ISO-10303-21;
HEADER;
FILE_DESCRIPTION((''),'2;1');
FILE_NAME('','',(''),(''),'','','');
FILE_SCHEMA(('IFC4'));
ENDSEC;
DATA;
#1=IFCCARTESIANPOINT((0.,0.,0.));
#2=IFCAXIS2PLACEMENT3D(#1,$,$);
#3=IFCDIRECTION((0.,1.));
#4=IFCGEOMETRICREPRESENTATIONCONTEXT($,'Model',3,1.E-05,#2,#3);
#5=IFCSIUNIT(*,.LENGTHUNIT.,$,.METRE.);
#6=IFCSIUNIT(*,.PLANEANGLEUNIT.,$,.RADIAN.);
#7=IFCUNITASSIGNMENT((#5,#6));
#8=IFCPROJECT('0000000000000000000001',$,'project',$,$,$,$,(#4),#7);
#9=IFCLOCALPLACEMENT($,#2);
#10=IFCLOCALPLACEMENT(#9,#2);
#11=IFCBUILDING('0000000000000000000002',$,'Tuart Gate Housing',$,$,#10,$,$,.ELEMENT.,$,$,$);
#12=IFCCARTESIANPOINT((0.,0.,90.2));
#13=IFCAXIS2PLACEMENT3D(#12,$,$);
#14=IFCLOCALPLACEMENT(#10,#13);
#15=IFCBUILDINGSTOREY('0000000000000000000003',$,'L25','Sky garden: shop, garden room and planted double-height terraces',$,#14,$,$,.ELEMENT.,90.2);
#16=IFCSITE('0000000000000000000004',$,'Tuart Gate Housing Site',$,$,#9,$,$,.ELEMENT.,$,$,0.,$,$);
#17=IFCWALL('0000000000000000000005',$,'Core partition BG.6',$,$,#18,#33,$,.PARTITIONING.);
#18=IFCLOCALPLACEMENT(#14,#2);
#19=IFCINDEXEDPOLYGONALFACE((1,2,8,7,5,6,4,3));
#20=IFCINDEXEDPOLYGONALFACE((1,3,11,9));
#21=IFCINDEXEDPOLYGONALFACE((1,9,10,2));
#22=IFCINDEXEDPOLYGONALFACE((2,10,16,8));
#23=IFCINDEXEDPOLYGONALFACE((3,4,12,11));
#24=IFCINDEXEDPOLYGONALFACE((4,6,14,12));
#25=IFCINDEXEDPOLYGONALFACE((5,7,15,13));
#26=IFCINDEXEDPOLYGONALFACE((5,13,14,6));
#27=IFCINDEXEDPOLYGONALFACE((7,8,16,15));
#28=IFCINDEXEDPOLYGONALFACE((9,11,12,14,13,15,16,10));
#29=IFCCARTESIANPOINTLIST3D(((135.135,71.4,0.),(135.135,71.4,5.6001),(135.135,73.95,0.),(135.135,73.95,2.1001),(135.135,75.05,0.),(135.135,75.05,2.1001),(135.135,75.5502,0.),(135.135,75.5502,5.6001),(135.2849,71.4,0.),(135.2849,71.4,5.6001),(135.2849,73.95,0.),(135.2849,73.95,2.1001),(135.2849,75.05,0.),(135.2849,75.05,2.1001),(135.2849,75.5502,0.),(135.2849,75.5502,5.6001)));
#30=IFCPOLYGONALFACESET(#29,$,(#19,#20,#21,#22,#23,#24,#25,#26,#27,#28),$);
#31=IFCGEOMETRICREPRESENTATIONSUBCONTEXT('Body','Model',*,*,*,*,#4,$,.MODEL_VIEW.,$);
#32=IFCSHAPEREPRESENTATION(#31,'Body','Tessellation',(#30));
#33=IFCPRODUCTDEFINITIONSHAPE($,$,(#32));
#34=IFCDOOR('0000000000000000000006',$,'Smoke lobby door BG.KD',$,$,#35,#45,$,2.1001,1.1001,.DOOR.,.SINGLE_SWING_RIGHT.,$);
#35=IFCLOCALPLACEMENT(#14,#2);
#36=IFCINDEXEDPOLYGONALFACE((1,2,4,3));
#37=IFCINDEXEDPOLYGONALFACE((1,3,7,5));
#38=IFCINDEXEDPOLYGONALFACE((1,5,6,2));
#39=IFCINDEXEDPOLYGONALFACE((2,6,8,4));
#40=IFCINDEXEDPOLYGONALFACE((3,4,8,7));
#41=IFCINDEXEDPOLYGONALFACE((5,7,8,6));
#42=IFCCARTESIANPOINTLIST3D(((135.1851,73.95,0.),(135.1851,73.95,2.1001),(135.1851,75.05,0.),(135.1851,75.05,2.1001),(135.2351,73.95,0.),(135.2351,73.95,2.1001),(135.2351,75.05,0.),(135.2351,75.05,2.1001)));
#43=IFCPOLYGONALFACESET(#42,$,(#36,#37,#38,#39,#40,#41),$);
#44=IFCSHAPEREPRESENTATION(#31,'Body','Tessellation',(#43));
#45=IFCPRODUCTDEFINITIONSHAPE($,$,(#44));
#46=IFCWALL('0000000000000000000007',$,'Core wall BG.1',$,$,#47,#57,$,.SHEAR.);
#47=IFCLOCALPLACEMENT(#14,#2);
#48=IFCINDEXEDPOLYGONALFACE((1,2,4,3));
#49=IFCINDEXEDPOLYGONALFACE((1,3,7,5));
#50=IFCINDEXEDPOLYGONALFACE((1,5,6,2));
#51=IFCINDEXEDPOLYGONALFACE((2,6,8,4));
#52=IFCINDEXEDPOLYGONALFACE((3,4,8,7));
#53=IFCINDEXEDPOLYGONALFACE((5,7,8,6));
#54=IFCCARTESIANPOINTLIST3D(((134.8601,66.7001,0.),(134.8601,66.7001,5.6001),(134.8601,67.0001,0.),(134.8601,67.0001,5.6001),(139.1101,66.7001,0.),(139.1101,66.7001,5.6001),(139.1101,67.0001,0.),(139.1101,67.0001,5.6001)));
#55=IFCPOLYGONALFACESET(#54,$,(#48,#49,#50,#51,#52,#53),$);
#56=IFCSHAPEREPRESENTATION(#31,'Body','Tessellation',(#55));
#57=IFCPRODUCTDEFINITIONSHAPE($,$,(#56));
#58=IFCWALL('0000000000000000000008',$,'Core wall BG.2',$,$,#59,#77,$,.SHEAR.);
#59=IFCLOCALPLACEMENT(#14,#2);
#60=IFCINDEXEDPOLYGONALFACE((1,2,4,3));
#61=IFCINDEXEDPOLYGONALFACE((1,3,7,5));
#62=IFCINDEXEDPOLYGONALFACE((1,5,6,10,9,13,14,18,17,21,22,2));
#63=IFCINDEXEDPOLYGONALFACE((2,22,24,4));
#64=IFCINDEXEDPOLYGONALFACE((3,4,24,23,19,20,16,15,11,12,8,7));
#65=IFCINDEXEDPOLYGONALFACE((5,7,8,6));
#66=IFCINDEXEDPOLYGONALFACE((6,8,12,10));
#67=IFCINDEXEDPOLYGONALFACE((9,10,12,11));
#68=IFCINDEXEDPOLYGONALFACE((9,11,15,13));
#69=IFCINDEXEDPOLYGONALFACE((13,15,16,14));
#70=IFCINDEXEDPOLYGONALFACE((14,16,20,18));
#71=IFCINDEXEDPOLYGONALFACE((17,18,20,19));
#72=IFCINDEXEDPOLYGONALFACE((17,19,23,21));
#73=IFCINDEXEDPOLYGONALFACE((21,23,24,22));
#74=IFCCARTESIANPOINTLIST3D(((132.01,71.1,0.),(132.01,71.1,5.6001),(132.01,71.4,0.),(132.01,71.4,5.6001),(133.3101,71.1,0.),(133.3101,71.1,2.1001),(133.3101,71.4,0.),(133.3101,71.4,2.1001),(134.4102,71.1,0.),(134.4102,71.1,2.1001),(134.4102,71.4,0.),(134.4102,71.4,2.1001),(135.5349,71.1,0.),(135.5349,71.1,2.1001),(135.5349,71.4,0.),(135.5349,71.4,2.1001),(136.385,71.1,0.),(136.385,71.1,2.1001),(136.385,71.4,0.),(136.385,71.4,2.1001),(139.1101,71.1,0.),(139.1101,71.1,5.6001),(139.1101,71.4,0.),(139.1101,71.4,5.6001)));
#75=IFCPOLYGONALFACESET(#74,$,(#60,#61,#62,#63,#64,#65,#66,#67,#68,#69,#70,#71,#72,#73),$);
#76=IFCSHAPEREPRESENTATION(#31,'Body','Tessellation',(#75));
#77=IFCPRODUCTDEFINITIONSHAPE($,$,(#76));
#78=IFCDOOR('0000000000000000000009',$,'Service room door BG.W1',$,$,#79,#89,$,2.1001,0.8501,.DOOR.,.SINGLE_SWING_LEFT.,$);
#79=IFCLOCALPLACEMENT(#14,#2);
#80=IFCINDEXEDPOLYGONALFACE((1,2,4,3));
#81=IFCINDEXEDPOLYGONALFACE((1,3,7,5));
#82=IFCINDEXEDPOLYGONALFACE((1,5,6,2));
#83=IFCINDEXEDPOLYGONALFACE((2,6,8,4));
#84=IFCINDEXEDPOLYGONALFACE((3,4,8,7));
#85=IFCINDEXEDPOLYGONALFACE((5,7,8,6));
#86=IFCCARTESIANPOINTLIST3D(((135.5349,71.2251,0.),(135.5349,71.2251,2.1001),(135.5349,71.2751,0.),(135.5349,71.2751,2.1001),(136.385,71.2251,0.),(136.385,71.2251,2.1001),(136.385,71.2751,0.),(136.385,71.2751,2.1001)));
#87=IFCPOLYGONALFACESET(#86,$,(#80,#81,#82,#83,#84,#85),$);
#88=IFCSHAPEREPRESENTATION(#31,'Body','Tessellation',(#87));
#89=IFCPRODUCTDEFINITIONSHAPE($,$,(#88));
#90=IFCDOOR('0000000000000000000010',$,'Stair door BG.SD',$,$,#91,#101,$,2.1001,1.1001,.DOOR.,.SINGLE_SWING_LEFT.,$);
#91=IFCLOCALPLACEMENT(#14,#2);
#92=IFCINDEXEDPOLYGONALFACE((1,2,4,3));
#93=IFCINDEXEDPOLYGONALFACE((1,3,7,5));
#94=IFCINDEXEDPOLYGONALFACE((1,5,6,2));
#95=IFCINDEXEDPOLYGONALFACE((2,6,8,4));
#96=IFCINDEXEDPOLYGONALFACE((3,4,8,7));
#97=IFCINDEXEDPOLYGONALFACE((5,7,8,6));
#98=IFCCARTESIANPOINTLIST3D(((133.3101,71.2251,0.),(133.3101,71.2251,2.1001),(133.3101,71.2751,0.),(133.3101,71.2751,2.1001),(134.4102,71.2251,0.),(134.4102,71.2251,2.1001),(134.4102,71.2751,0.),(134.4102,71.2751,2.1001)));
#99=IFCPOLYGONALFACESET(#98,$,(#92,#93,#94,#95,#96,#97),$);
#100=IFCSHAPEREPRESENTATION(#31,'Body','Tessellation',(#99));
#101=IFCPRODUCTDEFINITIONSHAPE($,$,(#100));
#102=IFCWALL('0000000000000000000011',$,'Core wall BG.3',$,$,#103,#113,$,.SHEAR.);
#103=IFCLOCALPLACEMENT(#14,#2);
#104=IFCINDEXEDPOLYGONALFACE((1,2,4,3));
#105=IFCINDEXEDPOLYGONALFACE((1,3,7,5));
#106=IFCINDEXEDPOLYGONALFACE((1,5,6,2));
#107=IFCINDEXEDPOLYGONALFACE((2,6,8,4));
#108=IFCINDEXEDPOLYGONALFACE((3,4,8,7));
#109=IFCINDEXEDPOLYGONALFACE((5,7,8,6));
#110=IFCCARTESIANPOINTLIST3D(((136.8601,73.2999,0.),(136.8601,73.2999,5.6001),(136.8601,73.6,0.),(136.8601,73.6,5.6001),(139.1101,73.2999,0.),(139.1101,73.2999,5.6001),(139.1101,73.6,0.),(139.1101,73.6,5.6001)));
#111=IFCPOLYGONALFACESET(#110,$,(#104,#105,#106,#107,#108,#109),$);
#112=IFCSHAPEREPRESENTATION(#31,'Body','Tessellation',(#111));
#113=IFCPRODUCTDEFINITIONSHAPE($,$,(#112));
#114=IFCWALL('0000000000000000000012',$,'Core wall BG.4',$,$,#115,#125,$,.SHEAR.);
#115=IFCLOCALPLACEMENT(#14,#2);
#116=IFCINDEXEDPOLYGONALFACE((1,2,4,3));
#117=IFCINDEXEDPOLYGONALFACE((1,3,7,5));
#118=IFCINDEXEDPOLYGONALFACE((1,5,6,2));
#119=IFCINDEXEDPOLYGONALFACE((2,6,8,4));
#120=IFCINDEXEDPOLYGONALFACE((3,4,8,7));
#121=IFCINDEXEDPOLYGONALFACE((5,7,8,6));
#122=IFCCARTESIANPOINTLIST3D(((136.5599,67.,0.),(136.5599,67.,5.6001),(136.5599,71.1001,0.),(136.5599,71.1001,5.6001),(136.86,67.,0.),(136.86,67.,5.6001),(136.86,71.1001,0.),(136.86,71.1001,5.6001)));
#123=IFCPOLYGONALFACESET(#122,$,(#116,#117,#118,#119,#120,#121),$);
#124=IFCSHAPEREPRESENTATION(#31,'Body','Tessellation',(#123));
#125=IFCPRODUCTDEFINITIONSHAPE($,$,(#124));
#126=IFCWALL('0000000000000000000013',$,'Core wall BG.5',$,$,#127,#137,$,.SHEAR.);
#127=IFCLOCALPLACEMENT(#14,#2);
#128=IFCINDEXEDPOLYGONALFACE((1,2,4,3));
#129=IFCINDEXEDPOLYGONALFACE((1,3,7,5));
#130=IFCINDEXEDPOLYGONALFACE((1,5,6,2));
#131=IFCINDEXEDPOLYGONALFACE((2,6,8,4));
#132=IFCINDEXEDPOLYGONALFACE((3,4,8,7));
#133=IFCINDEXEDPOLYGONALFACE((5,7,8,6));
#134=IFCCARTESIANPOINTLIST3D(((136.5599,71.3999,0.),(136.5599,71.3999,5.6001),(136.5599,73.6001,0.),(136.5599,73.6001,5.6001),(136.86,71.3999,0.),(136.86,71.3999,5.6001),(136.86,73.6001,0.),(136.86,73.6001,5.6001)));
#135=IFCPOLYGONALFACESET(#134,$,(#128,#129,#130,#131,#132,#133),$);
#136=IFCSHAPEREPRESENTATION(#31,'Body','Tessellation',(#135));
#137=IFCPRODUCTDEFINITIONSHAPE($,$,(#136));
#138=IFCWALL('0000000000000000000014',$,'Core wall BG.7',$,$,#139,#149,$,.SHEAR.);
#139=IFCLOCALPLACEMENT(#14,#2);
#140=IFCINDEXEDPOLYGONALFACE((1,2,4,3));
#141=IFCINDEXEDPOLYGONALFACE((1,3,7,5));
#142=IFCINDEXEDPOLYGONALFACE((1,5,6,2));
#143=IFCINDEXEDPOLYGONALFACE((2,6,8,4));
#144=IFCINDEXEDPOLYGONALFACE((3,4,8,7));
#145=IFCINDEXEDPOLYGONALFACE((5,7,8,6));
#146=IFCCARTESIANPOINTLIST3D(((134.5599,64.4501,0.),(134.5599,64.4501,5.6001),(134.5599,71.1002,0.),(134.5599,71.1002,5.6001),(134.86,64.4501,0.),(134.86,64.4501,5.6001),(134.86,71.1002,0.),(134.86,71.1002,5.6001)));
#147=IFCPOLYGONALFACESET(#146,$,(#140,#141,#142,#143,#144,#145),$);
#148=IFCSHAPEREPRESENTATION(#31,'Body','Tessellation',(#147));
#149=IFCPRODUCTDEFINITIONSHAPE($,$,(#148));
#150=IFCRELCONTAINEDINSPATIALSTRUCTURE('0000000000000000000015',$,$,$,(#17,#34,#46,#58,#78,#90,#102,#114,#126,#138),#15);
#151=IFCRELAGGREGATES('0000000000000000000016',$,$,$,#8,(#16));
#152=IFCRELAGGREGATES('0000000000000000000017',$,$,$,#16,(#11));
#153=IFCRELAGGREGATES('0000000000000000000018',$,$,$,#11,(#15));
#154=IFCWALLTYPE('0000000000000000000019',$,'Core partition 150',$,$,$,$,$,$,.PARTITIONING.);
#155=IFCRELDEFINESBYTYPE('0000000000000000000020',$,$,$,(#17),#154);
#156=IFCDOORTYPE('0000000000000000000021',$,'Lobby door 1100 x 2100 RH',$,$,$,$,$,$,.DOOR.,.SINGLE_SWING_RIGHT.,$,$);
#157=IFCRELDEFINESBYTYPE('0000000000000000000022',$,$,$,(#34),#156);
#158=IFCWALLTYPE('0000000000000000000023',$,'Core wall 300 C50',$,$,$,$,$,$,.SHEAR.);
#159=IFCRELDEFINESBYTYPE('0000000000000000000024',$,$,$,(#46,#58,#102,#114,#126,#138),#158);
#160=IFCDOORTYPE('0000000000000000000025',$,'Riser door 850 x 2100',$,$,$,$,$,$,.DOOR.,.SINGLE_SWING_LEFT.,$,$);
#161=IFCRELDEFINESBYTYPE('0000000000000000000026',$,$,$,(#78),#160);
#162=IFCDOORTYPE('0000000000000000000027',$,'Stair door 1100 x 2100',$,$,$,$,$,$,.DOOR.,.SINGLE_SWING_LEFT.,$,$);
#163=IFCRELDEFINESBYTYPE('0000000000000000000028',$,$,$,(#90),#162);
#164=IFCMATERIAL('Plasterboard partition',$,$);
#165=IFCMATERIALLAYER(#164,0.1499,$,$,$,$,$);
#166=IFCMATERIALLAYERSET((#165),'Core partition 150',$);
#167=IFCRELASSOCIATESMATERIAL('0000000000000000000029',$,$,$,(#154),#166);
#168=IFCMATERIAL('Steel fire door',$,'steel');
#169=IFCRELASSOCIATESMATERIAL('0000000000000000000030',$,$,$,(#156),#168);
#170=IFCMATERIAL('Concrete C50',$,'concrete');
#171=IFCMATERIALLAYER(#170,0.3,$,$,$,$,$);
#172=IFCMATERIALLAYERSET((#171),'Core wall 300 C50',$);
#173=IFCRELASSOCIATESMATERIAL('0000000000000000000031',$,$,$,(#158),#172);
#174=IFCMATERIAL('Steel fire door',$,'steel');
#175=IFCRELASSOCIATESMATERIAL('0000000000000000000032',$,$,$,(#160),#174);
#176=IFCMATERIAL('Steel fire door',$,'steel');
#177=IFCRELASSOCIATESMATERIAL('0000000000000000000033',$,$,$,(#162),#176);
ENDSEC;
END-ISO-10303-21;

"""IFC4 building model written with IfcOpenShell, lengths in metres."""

from ifc_helpers import new_model, si_unit, direction, frame, frame_2d, origin, place, context, subcontext, project, spatial, rectangle, extrude, material, layer, layer_set, type_object, element, fill, save


model = new_model("IFC4")

# Units and contexts
model_context = context("Model", 3, precision=1e-05, world=origin(), true_north=direction((0.0, 1.0)))
body_context = subcontext(model_context, "Body", "Model", "MODEL_VIEW")
ifc_project = project(units=[si_unit("LENGTHUNIT", "METRE"), si_unit("PLANEANGLEUNIT", "RADIAN")], contexts=[model_context])

# Site, building, storey
site_placement = place(None, origin())
site = spatial("IfcSite", under=ifc_project, at=site_placement, Name="Tuart Gate Housing Site", CompositionType="ELEMENT", RefElevation=0.0)
building_placement = place(site_placement, origin())
building = spatial("IfcBuilding", under=site, at=building_placement, Name="Tuart Gate Housing", CompositionType="ELEMENT")
storey_placement = place(building_placement, frame((0.0, 0.0, 90.2)))
storey = spatial("IfcBuildingStorey", under=building, at=storey_placement, Name="L25", Description="Sky garden: shop, garden room and planted double-height terraces", CompositionType="ELEMENT", Elevation=90.2)

# Wall, opening, door
ifc_material_1 = material(Name="Plasterboard partition")
ifc_layer_1 = layer(ifc_material_1, 0.1499)
ifc_layer_set_1 = layer_set([ifc_layer_1], Name="Core partition 150")
wall_type_1 = type_object("IfcWallType", Name="Core partition 150", PredefinedType="PARTITIONING", material=ifc_layer_set_1)
wall_1_placement = place(storey_placement, frame((135.21, 71.3999, 0.0), z_axis=(0.0, 0.0, 1.0), x_axis=(0.0, 1.0, 0.0)))
wall_1 = element("IfcWall", 1, at=wall_1_placement, inside=storey, type_object=wall_type_1, Name="Core partition BG.6", PredefinedType="PARTITIONING", context=body_context, shape_type="SweptSolid", body=[
    extrude(rectangle(XDim=4.1501, YDim=0.1499, at=frame_2d((2.0752, 0.0))), origin(), (0.0, 0.0, 1.0), 5.6001),
])
opening_1_placement = place(wall_1_placement, frame((2.55, 0.0, 0.0)))
opening_1 = element("IfcOpeningElement", 2, at=opening_1_placement, cuts=wall_1, PredefinedType="OPENING", context=body_context, shape_type="SweptSolid", body=[
    extrude(rectangle(XDim=1.1001, YDim=2.1001, at=frame_2d((0.55, 1.05))), frame((0.0, 0.085, 0.0), z_axis=(0.0, -1.0, 0.0), x_axis=(1.0, 0.0, 0.0)), (0.0, 0.0, 1.0), 0.1699),
])
ifc_material_2 = material(Name="Steel fire door", Category="steel")
door_type_1 = type_object("IfcDoorType", Name="Lobby door 1100 x 2100 RH", OperationType="SINGLE_SWING_RIGHT", PredefinedType="DOOR", material=ifc_material_2)
door_1_placement = place(opening_1_placement, origin())
door_1 = element("IfcDoor", 3, at=door_1_placement, inside=storey, type_object=door_type_1, Name="Smoke lobby door BG.KD", OperationType="SINGLE_SWING_RIGHT", OverallHeight=2.1001, OverallWidth=1.1001, PredefinedType="DOOR", context=body_context, shape_type="SweptSolid", body=[
    extrude(rectangle(XDim=1.1001, YDim=2.1001, at=frame_2d((0.55, 1.05))), frame((0.0, 0.0249, 0.0), z_axis=(0.0, -1.0, 0.0), x_axis=(1.0, 0.0, 0.0)), (0.0, 0.0, 1.0), 0.05),
])
fill(opening_1, door_1)

# Wall
ifc_material_3 = material(Name="Concrete C50", Category="concrete")
ifc_layer_2 = layer(ifc_material_3, 0.3)
ifc_layer_set_2 = layer_set([ifc_layer_2], Name="Core wall 300 C50")
wall_type_2 = type_object("IfcWallType", Name="Core wall 300 C50", PredefinedType="SHEAR", material=ifc_layer_set_2)
wall_2_placement = place(storey_placement, frame((139.1101, 66.8501, 0.0), z_axis=(0.0, 0.0, 1.0), x_axis=(-1.0, 0.0, 0.0)))
element("IfcWall", 4, at=wall_2_placement, inside=storey, type_object=wall_type_2, Name="Core wall BG.1", PredefinedType="SHEAR", context=body_context, shape_type="SweptSolid", body=[
    extrude(rectangle(XDim=4.25, YDim=0.3, at=frame_2d((2.125, 0.0))), origin(), (0.0, 0.0, 1.0), 5.6001),
])

# Wall, openings, doors
wall_3_placement = place(storey_placement, frame((139.1101, 71.25, 0.0), z_axis=(0.0, 0.0, 1.0), x_axis=(-1.0, 0.0, 0.0)))
wall_3 = element("IfcWall", 5, at=wall_3_placement, inside=storey, type_object=wall_type_2, Name="Core wall BG.2", PredefinedType="SHEAR", context=body_context, shape_type="SweptSolid", body=[
    extrude(rectangle(XDim=7.1001, YDim=0.3, at=frame_2d((3.55, 0.0))), origin(), (0.0, 0.0, 1.0), 5.6001),
])
opening_2_placement = place(wall_3_placement, frame((4.7, 0.0, 0.0)))
opening_2 = element("IfcOpeningElement", 6, at=opening_2_placement, cuts=wall_3, PredefinedType="OPENING", context=body_context, shape_type="SweptSolid", body=[
    extrude(rectangle(XDim=1.1001, YDim=2.1001, at=frame_2d((0.55, 1.05))), frame((0.0, 0.1599, 0.0), z_axis=(0.0, -1.0, 0.0), x_axis=(1.0, 0.0, 0.0)), (0.0, 0.0, 1.0), 0.3201),
])
opening_3_placement = place(wall_3_placement, frame((2.7251, 0.0, 0.0)))
opening_3 = element("IfcOpeningElement", 7, at=opening_3_placement, cuts=wall_3, PredefinedType="OPENING", context=body_context, shape_type="SweptSolid", body=[
    extrude(rectangle(XDim=0.8501, YDim=2.1001, at=frame_2d((0.425, 1.05))), frame((0.0, 0.1599, 0.0), z_axis=(0.0, -1.0, 0.0), x_axis=(1.0, 0.0, 0.0)), (0.0, 0.0, 1.0), 0.3201),
])
ifc_material_4 = material(Name="Steel fire door", Category="steel")
door_type_2 = type_object("IfcDoorType", Name="Riser door 850 x 2100", OperationType="SINGLE_SWING_LEFT", PredefinedType="DOOR", material=ifc_material_4)
door_2_placement = place(opening_3_placement, origin())
door_2 = element("IfcDoor", 8, at=door_2_placement, inside=storey, type_object=door_type_2, Name="Service room door BG.W1", OperationType="SINGLE_SWING_LEFT", OverallHeight=2.1001, OverallWidth=0.8501, PredefinedType="DOOR", context=body_context, shape_type="SweptSolid", body=[
    extrude(rectangle(XDim=0.8501, YDim=2.1001, at=frame_2d((0.425, 1.05))), frame((0.0, 0.0249, 0.0), z_axis=(0.0, -1.0, 0.0), x_axis=(1.0, 0.0, 0.0)), (0.0, 0.0, 1.0), 0.05),
])
fill(opening_3, door_2)
ifc_material_5 = material(Name="Steel fire door", Category="steel")
door_type_3 = type_object("IfcDoorType", Name="Stair door 1100 x 2100", OperationType="SINGLE_SWING_LEFT", PredefinedType="DOOR", material=ifc_material_5)
door_3_placement = place(opening_2_placement, origin())
door_3 = element("IfcDoor", 9, at=door_3_placement, inside=storey, type_object=door_type_3, Name="Stair door BG.SD", OperationType="SINGLE_SWING_LEFT", OverallHeight=2.1001, OverallWidth=1.1001, PredefinedType="DOOR", context=body_context, shape_type="SweptSolid", body=[
    extrude(rectangle(XDim=1.1001, YDim=2.1001, at=frame_2d((0.55, 1.05))), frame((0.0, 0.0249, 0.0), z_axis=(0.0, -1.0, 0.0), x_axis=(1.0, 0.0, 0.0)), (0.0, 0.0, 1.0), 0.05),
])
fill(opening_2, door_3)

# Walls
wall_4_placement = place(storey_placement, frame((139.1101, 73.45, 0.0), z_axis=(0.0, 0.0, 1.0), x_axis=(-1.0, 0.0, 0.0)))
element("IfcWall", 10, at=wall_4_placement, inside=storey, type_object=wall_type_2, Name="Core wall BG.3", PredefinedType="SHEAR", context=body_context, shape_type="SweptSolid", body=[
    extrude(rectangle(XDim=2.25, YDim=0.3, at=frame_2d((1.125, 0.0))), origin(), (0.0, 0.0, 1.0), 5.6001),
])
wall_5_placement = place(storey_placement, frame((136.71, 67.0, 0.0), z_axis=(0.0, 0.0, 1.0), x_axis=(0.0, 1.0, 0.0)))
element("IfcWall", 11, at=wall_5_placement, inside=storey, type_object=wall_type_2, Name="Core wall BG.4", PredefinedType="SHEAR", context=body_context, shape_type="SweptSolid", body=[
    extrude(rectangle(XDim=4.1001, YDim=0.3, at=frame_2d((2.05, 0.0))), origin(), (0.0, 0.0, 1.0), 5.6001),
])
wall_6_placement = place(storey_placement, frame((136.71, 71.3999, 0.0), z_axis=(0.0, 0.0, 1.0), x_axis=(0.0, 1.0, 0.0)))
element("IfcWall", 12, at=wall_6_placement, inside=storey, type_object=wall_type_2, Name="Core wall BG.5", PredefinedType="SHEAR", context=body_context, shape_type="SweptSolid", body=[
    extrude(rectangle(XDim=2.2002, YDim=0.3, at=frame_2d((1.1001, 0.0))), origin(), (0.0, 0.0, 1.0), 5.6001),
])
wall_7_placement = place(storey_placement, frame((134.71, 64.45, 0.0), z_axis=(0.0, 0.0, 1.0), x_axis=(0.0, 1.0, 0.0)))
element("IfcWall", 13, at=wall_7_placement, inside=storey, type_object=wall_type_2, Name="Core wall BG.7", PredefinedType="SHEAR", context=body_context, shape_type="SweptSolid", body=[
    extrude(rectangle(XDim=6.6501, YDim=0.3, at=frame_2d((3.3252, 0.0))), origin(), (0.0, 0.0, 1.0), 5.6001),
])

save(model, "model.ifc")
